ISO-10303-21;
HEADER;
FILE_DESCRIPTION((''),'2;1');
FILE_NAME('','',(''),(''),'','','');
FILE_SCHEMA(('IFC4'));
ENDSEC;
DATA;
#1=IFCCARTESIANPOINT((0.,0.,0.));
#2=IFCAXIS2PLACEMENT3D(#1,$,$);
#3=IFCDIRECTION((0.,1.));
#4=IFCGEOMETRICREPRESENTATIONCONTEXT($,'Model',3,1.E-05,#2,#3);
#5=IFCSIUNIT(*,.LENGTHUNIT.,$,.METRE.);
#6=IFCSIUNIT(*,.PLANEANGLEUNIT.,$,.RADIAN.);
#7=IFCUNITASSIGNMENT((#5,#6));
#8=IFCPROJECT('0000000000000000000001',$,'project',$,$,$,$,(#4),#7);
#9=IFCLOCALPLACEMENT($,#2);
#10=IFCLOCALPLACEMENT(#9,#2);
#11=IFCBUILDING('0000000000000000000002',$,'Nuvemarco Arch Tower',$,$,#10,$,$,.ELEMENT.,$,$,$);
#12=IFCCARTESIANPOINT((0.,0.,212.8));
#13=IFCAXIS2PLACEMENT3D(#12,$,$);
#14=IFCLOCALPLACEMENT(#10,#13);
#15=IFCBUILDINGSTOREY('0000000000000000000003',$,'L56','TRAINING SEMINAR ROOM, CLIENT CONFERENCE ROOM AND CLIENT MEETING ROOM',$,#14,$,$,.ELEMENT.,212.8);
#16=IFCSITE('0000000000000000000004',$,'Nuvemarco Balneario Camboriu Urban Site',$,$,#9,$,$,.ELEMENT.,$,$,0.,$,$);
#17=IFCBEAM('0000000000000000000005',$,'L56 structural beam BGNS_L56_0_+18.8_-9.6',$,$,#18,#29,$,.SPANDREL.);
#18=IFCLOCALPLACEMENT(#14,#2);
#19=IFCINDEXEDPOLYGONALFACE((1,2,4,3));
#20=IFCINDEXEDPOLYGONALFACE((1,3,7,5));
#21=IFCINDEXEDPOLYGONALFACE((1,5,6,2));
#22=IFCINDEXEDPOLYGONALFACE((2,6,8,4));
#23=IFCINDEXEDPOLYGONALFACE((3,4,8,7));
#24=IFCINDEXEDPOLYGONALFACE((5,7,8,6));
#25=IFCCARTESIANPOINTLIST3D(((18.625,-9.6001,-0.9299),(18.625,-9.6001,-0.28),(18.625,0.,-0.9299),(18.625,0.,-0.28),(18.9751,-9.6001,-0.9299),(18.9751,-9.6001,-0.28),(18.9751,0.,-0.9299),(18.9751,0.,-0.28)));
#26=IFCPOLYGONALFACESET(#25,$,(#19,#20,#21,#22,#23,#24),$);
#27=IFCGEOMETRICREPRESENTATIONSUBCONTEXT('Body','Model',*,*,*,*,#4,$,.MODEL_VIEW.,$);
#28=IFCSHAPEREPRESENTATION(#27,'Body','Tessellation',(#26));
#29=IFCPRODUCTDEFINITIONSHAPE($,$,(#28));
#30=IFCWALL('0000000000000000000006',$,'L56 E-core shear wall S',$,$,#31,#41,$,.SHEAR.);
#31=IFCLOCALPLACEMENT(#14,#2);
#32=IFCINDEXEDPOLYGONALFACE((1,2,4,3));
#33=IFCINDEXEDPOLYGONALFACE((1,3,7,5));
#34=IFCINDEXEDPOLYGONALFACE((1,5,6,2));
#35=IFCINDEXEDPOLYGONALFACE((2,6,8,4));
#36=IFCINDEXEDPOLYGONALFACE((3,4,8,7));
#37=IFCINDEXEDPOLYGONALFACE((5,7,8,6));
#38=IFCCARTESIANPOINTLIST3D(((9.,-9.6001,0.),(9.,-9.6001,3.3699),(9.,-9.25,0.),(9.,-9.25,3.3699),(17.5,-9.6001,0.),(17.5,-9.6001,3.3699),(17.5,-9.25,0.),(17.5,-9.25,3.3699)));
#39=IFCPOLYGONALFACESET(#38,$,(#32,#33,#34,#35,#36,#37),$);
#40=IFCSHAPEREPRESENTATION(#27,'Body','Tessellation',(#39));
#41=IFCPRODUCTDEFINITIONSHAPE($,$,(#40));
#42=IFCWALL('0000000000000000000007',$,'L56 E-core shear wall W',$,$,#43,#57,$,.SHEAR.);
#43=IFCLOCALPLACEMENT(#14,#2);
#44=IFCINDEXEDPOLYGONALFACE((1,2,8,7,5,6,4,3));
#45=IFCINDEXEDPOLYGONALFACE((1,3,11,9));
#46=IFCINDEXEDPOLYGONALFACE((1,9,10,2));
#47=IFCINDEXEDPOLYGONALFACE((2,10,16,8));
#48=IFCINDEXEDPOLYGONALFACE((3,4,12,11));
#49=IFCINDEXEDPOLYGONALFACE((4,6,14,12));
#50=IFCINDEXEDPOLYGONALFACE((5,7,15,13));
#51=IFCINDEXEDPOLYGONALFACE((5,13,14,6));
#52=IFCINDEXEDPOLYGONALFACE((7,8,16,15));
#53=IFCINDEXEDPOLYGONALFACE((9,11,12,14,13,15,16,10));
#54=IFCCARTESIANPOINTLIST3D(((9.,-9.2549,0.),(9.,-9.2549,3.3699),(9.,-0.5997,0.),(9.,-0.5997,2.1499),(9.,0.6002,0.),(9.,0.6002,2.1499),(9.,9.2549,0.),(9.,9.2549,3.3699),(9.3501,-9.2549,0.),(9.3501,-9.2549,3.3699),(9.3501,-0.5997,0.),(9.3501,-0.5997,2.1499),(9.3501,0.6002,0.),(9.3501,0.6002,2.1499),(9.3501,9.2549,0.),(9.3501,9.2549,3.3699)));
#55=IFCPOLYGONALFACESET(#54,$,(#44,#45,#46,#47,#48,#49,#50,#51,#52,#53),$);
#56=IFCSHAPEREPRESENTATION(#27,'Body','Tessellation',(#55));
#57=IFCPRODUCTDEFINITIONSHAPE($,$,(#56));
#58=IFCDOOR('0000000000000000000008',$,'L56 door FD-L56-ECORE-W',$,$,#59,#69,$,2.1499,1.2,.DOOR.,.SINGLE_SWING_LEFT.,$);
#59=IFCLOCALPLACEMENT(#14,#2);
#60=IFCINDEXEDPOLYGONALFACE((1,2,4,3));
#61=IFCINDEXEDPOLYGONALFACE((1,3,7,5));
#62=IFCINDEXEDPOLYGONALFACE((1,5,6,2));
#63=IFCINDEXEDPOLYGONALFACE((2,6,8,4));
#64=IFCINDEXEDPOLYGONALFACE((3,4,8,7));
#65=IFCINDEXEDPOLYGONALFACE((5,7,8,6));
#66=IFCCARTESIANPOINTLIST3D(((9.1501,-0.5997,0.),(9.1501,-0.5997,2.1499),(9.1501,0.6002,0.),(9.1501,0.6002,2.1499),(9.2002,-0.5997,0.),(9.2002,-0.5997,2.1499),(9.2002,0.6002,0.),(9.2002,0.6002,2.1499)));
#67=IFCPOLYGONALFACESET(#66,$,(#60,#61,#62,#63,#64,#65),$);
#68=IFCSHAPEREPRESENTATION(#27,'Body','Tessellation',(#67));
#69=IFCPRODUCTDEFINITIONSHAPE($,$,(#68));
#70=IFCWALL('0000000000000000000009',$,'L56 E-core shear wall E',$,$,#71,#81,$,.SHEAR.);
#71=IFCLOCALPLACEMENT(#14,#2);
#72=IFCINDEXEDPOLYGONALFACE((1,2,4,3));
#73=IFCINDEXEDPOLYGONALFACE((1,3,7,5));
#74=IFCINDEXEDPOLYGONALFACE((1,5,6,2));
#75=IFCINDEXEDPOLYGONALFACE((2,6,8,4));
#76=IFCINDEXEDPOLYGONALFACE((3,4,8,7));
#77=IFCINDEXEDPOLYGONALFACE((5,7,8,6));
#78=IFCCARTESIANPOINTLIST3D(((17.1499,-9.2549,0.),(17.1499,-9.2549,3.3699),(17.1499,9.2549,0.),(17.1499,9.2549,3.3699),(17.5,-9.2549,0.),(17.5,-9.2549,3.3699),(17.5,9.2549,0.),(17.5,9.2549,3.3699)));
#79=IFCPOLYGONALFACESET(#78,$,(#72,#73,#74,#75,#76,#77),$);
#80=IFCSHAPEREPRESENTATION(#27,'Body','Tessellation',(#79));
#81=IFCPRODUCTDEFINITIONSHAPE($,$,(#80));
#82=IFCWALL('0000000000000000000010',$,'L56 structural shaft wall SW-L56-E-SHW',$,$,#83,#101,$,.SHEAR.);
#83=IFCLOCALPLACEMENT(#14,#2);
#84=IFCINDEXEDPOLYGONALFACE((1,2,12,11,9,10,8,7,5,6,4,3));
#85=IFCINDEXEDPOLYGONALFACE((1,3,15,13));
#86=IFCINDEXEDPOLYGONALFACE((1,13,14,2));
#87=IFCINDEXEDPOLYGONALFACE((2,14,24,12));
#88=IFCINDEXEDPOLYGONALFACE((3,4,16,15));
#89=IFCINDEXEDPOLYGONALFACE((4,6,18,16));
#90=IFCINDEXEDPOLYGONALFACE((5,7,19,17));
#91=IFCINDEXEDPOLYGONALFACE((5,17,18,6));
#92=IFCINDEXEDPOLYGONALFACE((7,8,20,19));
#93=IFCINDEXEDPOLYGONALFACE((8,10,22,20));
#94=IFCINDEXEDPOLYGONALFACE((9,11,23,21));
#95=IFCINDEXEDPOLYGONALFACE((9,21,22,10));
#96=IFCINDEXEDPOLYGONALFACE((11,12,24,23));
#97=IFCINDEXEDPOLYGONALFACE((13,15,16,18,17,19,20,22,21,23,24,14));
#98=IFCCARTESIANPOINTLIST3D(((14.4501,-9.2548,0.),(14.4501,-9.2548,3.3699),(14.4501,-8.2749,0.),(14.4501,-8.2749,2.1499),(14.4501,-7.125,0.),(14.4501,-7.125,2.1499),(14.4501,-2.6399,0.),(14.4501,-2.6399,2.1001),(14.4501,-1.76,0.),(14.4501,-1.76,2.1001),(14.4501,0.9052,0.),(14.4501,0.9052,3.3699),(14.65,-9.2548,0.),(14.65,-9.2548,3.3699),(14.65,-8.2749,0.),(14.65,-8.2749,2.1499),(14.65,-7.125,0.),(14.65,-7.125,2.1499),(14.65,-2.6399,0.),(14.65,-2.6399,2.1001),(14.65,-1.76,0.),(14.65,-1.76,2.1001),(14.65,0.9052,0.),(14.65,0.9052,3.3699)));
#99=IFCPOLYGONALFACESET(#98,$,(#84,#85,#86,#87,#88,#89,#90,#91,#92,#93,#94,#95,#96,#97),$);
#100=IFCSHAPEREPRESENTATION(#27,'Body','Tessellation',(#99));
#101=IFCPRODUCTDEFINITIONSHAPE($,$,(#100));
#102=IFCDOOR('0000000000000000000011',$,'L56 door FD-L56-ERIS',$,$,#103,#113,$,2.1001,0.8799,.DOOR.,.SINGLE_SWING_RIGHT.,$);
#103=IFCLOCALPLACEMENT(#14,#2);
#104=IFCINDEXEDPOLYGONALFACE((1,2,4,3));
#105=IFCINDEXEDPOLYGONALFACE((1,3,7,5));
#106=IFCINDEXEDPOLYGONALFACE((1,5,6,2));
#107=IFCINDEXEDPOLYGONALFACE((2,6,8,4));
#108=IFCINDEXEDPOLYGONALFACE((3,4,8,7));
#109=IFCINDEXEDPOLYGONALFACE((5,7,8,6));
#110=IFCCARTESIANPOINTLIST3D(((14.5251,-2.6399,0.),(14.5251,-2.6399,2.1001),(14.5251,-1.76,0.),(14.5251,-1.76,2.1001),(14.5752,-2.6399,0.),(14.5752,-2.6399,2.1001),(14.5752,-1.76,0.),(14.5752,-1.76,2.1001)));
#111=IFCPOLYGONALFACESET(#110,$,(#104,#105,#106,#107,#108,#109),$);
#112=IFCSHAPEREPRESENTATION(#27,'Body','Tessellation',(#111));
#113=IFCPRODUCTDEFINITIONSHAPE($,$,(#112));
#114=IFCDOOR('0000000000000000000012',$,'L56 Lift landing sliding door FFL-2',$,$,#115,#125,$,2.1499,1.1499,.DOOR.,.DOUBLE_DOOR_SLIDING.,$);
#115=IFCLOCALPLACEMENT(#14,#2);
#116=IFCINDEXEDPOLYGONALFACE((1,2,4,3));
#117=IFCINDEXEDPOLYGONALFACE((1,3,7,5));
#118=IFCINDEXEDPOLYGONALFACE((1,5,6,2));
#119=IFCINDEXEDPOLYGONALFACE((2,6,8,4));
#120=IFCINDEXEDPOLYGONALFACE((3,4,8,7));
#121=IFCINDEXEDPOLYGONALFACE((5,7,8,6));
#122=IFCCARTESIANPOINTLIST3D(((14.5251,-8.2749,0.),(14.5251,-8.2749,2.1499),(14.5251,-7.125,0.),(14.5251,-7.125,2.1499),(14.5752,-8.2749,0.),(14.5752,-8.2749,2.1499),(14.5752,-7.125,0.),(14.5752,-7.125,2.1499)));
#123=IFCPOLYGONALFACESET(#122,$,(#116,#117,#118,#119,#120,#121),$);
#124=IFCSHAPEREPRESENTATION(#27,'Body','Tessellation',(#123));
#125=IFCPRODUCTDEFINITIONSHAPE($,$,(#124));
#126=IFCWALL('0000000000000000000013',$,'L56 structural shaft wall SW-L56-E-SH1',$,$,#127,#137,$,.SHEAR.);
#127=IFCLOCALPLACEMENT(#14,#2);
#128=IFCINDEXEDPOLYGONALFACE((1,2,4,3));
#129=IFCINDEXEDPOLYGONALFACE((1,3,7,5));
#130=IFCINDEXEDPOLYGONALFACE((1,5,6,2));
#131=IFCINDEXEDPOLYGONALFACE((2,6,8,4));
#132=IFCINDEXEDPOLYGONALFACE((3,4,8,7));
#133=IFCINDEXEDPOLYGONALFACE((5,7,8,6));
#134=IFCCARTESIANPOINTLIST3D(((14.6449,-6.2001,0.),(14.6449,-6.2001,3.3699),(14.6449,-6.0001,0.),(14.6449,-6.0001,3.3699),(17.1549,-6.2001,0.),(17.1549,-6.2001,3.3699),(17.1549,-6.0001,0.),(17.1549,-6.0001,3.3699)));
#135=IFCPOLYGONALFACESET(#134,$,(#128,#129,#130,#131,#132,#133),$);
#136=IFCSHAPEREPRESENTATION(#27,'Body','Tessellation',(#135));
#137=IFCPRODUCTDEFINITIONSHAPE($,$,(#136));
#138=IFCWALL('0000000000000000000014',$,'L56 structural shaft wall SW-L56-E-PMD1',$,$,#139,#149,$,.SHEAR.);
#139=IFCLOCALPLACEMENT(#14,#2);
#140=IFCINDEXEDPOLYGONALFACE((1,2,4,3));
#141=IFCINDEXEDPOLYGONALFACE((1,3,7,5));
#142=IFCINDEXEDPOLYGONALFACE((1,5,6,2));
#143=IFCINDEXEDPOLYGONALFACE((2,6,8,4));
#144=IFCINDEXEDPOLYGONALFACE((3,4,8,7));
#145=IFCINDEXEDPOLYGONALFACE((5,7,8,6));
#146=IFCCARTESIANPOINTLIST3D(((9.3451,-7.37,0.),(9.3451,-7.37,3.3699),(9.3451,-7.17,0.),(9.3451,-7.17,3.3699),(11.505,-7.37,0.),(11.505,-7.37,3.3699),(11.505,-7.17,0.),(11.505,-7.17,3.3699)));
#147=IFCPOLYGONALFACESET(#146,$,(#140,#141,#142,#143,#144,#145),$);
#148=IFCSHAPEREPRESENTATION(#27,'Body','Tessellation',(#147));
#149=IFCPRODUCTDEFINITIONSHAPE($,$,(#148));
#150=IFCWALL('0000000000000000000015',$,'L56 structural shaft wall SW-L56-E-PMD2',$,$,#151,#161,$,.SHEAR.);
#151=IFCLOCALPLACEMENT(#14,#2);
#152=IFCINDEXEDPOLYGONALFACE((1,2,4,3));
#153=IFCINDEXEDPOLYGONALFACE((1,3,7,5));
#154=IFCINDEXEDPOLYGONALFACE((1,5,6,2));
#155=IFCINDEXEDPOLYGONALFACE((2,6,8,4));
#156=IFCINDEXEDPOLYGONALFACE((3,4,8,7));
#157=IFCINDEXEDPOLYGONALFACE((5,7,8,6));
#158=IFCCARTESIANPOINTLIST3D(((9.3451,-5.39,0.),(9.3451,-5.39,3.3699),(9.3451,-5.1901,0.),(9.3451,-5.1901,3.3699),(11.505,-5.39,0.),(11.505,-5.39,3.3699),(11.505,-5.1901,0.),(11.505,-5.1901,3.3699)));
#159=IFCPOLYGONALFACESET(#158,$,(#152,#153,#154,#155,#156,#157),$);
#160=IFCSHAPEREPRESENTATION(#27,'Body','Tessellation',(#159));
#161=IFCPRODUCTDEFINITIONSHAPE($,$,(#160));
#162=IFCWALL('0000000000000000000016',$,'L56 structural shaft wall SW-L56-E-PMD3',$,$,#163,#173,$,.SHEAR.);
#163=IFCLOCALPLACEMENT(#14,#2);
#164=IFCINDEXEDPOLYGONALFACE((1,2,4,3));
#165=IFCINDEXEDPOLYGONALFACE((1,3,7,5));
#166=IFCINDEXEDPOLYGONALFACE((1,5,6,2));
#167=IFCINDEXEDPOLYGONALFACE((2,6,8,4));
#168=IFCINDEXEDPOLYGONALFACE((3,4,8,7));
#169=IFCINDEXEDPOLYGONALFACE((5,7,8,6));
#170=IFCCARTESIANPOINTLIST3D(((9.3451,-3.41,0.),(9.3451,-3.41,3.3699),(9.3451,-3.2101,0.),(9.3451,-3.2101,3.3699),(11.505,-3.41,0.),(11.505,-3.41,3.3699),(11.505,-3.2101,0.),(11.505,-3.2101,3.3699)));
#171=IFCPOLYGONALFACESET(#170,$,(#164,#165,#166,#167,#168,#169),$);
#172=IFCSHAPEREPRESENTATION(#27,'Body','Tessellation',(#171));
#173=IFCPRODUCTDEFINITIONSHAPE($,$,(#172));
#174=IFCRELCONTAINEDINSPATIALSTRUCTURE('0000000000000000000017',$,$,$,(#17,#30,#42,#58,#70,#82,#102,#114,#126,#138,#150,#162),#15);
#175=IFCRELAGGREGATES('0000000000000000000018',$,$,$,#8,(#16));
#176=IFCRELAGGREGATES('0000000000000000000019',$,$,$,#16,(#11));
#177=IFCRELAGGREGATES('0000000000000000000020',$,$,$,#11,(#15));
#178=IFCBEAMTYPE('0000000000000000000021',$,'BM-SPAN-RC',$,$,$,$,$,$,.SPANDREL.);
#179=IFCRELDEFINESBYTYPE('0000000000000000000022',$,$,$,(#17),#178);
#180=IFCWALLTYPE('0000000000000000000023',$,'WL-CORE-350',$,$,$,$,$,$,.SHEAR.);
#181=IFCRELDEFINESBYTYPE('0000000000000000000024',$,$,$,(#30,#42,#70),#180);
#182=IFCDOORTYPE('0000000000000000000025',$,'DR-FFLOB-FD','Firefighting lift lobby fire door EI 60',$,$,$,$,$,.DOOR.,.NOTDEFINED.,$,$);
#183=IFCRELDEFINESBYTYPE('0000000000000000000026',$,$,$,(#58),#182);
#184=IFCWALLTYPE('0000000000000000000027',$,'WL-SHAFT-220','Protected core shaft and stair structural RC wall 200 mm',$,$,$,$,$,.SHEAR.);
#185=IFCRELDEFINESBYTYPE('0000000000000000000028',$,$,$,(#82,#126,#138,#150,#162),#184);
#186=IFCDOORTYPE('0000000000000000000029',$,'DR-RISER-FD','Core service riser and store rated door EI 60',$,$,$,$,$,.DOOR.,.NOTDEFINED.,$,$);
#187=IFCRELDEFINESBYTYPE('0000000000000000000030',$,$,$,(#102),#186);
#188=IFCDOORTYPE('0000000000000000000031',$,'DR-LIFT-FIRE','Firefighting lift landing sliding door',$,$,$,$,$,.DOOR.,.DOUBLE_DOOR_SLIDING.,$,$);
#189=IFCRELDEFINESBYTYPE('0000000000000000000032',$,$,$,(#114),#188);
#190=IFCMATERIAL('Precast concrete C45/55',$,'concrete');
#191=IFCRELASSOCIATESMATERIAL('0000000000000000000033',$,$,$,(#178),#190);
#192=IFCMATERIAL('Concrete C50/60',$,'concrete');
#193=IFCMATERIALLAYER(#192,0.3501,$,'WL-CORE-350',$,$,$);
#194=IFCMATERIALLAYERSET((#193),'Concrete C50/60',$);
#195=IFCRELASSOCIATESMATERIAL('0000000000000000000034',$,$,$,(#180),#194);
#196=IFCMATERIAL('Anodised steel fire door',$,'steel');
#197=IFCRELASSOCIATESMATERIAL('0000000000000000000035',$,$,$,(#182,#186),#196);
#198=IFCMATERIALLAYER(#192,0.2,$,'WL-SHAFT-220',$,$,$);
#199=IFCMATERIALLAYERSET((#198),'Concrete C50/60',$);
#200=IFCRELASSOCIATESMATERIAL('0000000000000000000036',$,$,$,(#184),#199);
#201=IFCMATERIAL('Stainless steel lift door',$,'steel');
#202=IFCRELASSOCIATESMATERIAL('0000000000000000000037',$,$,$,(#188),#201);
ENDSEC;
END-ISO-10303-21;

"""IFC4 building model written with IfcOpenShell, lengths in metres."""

from ifc_helpers import new_model, si_unit, direction, frame, frame_2d, origin, origin_2d, place, context, subcontext, project, spatial, rectangle, extrude, source, transform, mapped, material, layer, layer_set, material_profile, profile_set, type_object, type_shapes, element, fill, save


model = new_model("IFC4")

# Units and contexts
model_context = context("Model", 3, precision=1e-05, world=origin(), true_north=direction((0.0, 1.0)))
body_context = subcontext(model_context, "Body", "Model", "MODEL_VIEW")
ifc_project = project(units=[si_unit("LENGTHUNIT", "METRE"), si_unit("PLANEANGLEUNIT", "RADIAN")], contexts=[model_context])

# Site, building, storey
site_placement = place(None, origin())
site = spatial("IfcSite", under=ifc_project, at=site_placement, Name="Nuvemarco Balneario Camboriu Urban Site", CompositionType="ELEMENT", RefElevation=0.0)
building_placement = place(site_placement, origin())
building = spatial("IfcBuilding", under=site, at=building_placement, Name="Nuvemarco Arch Tower", CompositionType="ELEMENT")
storey_placement = place(building_placement, frame((0.0, 0.0, 212.8)))
storey = spatial("IfcBuildingStorey", under=building, at=storey_placement, Name="L56", Description="TRAINING SEMINAR ROOM, CLIENT CONFERENCE ROOM AND CLIENT MEETING ROOM", CompositionType="ELEMENT", Elevation=212.8)

# Shared definitions
ifc_material_1 = material(Name="Concrete C50/60", Category="concrete")

# Beam
ifc_material_2 = material(Name="Precast concrete C45/55", Category="concrete")
ifc_material_profile_1 = material_profile(ifc_material_2, rectangle(XDim=0.3501, YDim=0.6499, at=origin_2d()), Name="PC-SP-350x650")
ifc_profile_set_1 = profile_set([ifc_material_profile_1], Name="Precast concrete C45/55")
beam_type_1 = type_object("IfcBeamType", Name="BM-SPAN-RC", PredefinedType="SPANDREL", material=ifc_profile_set_1)
beam_1_placement = place(storey_placement, frame((18.8, -9.6001, -0.605), z_axis=(0.0, 1.0, 0.0), x_axis=(-1.0, 0.0, 0.0)))
element("IfcBeam", 1, at=beam_1_placement, inside=storey, type_object=beam_type_1, Name="L56 structural beam BGNS_L56_0_+18.8_-9.6", PredefinedType="SPANDREL", context=body_context, shape_type="SweptSolid", body=[
    extrude(rectangle(XDim=0.3501, YDim=0.6499, at=origin_2d()), origin(), (0.0, 0.0, 1.0), 9.6001),
])

# Wall
ifc_layer_1 = layer(ifc_material_1, 0.3501, Name="WL-CORE-350")
ifc_layer_set_1 = layer_set([ifc_layer_1], Name="Concrete C50/60")
wall_type_1 = type_object("IfcWallType", Name="WL-CORE-350", PredefinedType="SHEAR", material=ifc_layer_set_1)
wall_1_placement = place(storey_placement, frame((9.0, -9.425, 0.0), z_axis=(0.0, 0.0, 1.0), x_axis=(1.0, 0.0, 0.0)))
element("IfcWall", 2, at=wall_1_placement, inside=storey, type_object=wall_type_1, Name="L56 E-core shear wall S", PredefinedType="SHEAR", context=body_context, shape_type="SweptSolid", body=[
    extrude(rectangle(XDim=8.5, YDim=0.3501, at=frame_2d((4.25, 0.0))), origin(), (0.0, 0.0, 1.0), 3.3699),
])

# Wall, opening, door
wall_2_placement = place(storey_placement, frame((9.175, -9.2549, 0.0), z_axis=(0.0, 0.0, 1.0), x_axis=(0.0, 1.0, 0.0)))
wall_2 = element("IfcWall", 3, at=wall_2_placement, inside=storey, type_object=wall_type_1, Name="L56 E-core shear wall W", PredefinedType="SHEAR", context=body_context, shape_type="SweptSolid", body=[
    extrude(rectangle(XDim=18.5098, YDim=0.3501, at=frame_2d((9.2549, 0.0))), origin(), (0.0, 0.0, 1.0), 3.3699),
])
opening_1_placement = place(wall_2_placement, frame((8.655, 0.0, 0.0)))
opening_1 = element("IfcOpeningElement", 4, at=opening_1_placement, cuts=wall_2, PredefinedType="OPENING", context=body_context, shape_type="SweptSolid", body=[
    extrude(rectangle(XDim=1.2, YDim=2.1499, at=frame_2d((0.6001, 1.075))), frame((0.0, 0.1851, 0.0), z_axis=(0.0, -1.0, 0.0), x_axis=(1.0, 0.0, 0.0)), (0.0, 0.0, 1.0), 0.3701),
])
ifc_material_3 = material(Name="Anodised steel fire door", Category="steel")
door_type_1 = type_object("IfcDoorType", Name="DR-FFLOB-FD", Description="Firefighting lift lobby fire door EI 60", OperationType="NOTDEFINED", PredefinedType="DOOR", material=ifc_material_3)
shared_shape_1 = source(origin(), body_context, "Body", "SweptSolid", [
    extrude(rectangle(XDim=1.2, YDim=2.1499, at=frame_2d((0.6001, 1.075))), frame((0.0, 0.0249, 0.0), z_axis=(0.0, -1.0, 0.0), x_axis=(1.0, 0.0, 0.0)), (0.0, 0.0, 1.0), 0.05),
])
type_shapes(door_type_1, [shared_shape_1])
door_1_placement = place(opening_1_placement, origin())
door_1 = element("IfcDoor", 5, at=door_1_placement, inside=storey, type_object=door_type_1, Name="L56 door FD-L56-ECORE-W", OperationType="SINGLE_SWING_LEFT", OverallHeight=2.1499, OverallWidth=1.2, PredefinedType="DOOR", context=body_context, shape_type="MappedRepresentation", body=[
    mapped(shared_shape_1, transform((0.0, 0.0, 0.0), scale=1.0)),
])
fill(opening_1, door_1)

# Wall
wall_3_placement = place(storey_placement, frame((17.325, -9.2549, 0.0), z_axis=(0.0, 0.0, 1.0), x_axis=(0.0, 1.0, 0.0)))
element("IfcWall", 6, at=wall_3_placement, inside=storey, type_object=wall_type_1, Name="L56 E-core shear wall E", PredefinedType="SHEAR", context=body_context, shape_type="SweptSolid", body=[
    extrude(rectangle(XDim=18.5098, YDim=0.3501, at=frame_2d((9.2549, 0.0))), origin(), (0.0, 0.0, 1.0), 3.3699),
])

# Wall, openings, doors
ifc_layer_2 = layer(ifc_material_1, 0.2, Name="WL-SHAFT-220")
ifc_layer_set_2 = layer_set([ifc_layer_2], Name="Concrete C50/60")
wall_type_2 = type_object("IfcWallType", Name="WL-SHAFT-220", Description="Protected core shaft and stair structural RC wall 200 mm", PredefinedType="SHEAR", material=ifc_layer_set_2)
wall_4_placement = place(storey_placement, frame((14.55, -9.2549, 0.0), z_axis=(0.0, 0.0, 1.0), x_axis=(0.0, 1.0, 0.0)))
wall_4 = element("IfcWall", 7, at=wall_4_placement, inside=storey, type_object=wall_type_2, Name="L56 structural shaft wall SW-L56-E-SHW", PredefinedType="SHEAR", context=body_context, shape_type="SweptSolid", body=[
    extrude(rectangle(XDim=10.1599, YDim=0.2, at=frame_2d((5.0801, 0.0))), origin(), (0.0, 0.0, 1.0), 3.3699),
])
opening_2_placement = place(wall_4_placement, frame((6.615, 0.0, 0.0)))
opening_2 = element("IfcOpeningElement", 8, at=opening_2_placement, cuts=wall_4, PredefinedType="OPENING", context=body_context, shape_type="SweptSolid", body=[
    extrude(rectangle(XDim=0.8799, YDim=2.1001, at=frame_2d((0.4399, 1.05))), frame((0.0, 0.1099, 0.0), z_axis=(0.0, -1.0, 0.0), x_axis=(1.0, 0.0, 0.0)), (0.0, 0.0, 1.0), 0.22),
])
opening_3_placement = place(wall_4_placement, frame((0.98, 0.0, 0.0)))
opening_3 = element("IfcOpeningElement", 9, at=opening_3_placement, cuts=wall_4, PredefinedType="OPENING", context=body_context, shape_type="SweptSolid", body=[
    extrude(rectangle(XDim=1.1499, YDim=2.1499, at=frame_2d((0.575, 1.075))), frame((0.0, 0.1099, 0.0), z_axis=(0.0, -1.0, 0.0), x_axis=(1.0, 0.0, 0.0)), (0.0, 0.0, 1.0), 0.22),
])
door_type_2 = type_object("IfcDoorType", Name="DR-RISER-FD", Description="Core service riser and store rated door EI 60", OperationType="NOTDEFINED", PredefinedType="DOOR", material=ifc_material_3)
shared_shape_2 = source(origin(), body_context, "Body", "SweptSolid", [
    extrude(rectangle(XDim=0.8799, YDim=2.1001, at=frame_2d((0.4399, 1.05))), frame((0.0, 0.0249, 0.0), z_axis=(0.0, -1.0, 0.0), x_axis=(1.0, 0.0, 0.0)), (0.0, 0.0, 1.0), 0.05),
])
type_shapes(door_type_2, [shared_shape_2])
door_2_placement = place(opening_2_placement, origin())
door_2 = element("IfcDoor", 10, at=door_2_placement, inside=storey, type_object=door_type_2, Name="L56 door FD-L56-ERIS", OperationType="SINGLE_SWING_RIGHT", OverallHeight=2.1001, OverallWidth=0.8799, PredefinedType="DOOR", context=body_context, shape_type="MappedRepresentation", body=[
    mapped(shared_shape_2, transform((0.0, 0.0, 0.0), scale=1.0)),
])
fill(opening_2, door_2)
ifc_material_4 = material(Name="Stainless steel lift door", Category="steel")
door_type_3 = type_object("IfcDoorType", Name="DR-LIFT-FIRE", Description="Firefighting lift landing sliding door", OperationType="DOUBLE_DOOR_SLIDING", PredefinedType="DOOR", material=ifc_material_4)
shared_shape_3 = source(origin(), body_context, "Body", "SweptSolid", [
    extrude(rectangle(XDim=1.1499, YDim=2.1499, at=frame_2d((0.575, 1.075))), frame((0.0, 0.0249, 0.0), z_axis=(0.0, -1.0, 0.0), x_axis=(1.0, 0.0, 0.0)), (0.0, 0.0, 1.0), 0.05),
])
type_shapes(door_type_3, [shared_shape_3])
door_3_placement = place(opening_3_placement, origin())
door_3 = element("IfcDoor", 11, at=door_3_placement, inside=storey, type_object=door_type_3, Name="L56 Lift landing sliding door FFL-2", OperationType="DOUBLE_DOOR_SLIDING", OverallHeight=2.1499, OverallWidth=1.1499, PredefinedType="DOOR", context=body_context, shape_type="MappedRepresentation", body=[
    mapped(shared_shape_3, transform((0.0, 0.0, 0.0), scale=1.0)),
])
fill(opening_3, door_3)

# Wall
wall_5_placement = place(storey_placement, frame((14.645, -6.1001, 0.0), z_axis=(0.0, 0.0, 1.0), x_axis=(1.0, 0.0, 0.0)))
element("IfcWall", 12, at=wall_5_placement, inside=storey, type_object=wall_type_2, Name="L56 structural shaft wall SW-L56-E-SH1", PredefinedType="SHEAR", context=body_context, shape_type="SweptSolid", body=[
    extrude(rectangle(XDim=2.51, YDim=0.2, at=frame_2d((1.2549, 0.0))), origin(), (0.0, 0.0, 1.0), 3.3699),
])

# Walls
for number, where, z_axis, x_axis, name in (
    (13, (9.345, -7.27, 0.0), (0.0, 0.0, 1.0), (1.0, 0.0, 0.0), "L56 structural shaft wall SW-L56-E-PMD1"),
    (14, (9.345, -5.29, 0.0), (0.0, 0.0, 1.0), (1.0, 0.0, 0.0), "L56 structural shaft wall SW-L56-E-PMD2"),
    (15, (9.345, -3.3101, 0.0), (0.0, 0.0, 1.0), (1.0, 0.0, 0.0), "L56 structural shaft wall SW-L56-E-PMD3"),
):
    element("IfcWall", number, at=place(storey_placement, frame(where, z_axis=z_axis, x_axis=x_axis)), inside=storey, type_object=wall_type_2, Name=name, PredefinedType="SHEAR", context=body_context, shape_type="SweptSolid", body=[
        extrude(rectangle(XDim=2.1599, YDim=0.2, at=frame_2d((1.0801, 0.0))), origin(), (0.0, 0.0, 1.0), 3.3699),
    ])

save(model, "model.ifc")
